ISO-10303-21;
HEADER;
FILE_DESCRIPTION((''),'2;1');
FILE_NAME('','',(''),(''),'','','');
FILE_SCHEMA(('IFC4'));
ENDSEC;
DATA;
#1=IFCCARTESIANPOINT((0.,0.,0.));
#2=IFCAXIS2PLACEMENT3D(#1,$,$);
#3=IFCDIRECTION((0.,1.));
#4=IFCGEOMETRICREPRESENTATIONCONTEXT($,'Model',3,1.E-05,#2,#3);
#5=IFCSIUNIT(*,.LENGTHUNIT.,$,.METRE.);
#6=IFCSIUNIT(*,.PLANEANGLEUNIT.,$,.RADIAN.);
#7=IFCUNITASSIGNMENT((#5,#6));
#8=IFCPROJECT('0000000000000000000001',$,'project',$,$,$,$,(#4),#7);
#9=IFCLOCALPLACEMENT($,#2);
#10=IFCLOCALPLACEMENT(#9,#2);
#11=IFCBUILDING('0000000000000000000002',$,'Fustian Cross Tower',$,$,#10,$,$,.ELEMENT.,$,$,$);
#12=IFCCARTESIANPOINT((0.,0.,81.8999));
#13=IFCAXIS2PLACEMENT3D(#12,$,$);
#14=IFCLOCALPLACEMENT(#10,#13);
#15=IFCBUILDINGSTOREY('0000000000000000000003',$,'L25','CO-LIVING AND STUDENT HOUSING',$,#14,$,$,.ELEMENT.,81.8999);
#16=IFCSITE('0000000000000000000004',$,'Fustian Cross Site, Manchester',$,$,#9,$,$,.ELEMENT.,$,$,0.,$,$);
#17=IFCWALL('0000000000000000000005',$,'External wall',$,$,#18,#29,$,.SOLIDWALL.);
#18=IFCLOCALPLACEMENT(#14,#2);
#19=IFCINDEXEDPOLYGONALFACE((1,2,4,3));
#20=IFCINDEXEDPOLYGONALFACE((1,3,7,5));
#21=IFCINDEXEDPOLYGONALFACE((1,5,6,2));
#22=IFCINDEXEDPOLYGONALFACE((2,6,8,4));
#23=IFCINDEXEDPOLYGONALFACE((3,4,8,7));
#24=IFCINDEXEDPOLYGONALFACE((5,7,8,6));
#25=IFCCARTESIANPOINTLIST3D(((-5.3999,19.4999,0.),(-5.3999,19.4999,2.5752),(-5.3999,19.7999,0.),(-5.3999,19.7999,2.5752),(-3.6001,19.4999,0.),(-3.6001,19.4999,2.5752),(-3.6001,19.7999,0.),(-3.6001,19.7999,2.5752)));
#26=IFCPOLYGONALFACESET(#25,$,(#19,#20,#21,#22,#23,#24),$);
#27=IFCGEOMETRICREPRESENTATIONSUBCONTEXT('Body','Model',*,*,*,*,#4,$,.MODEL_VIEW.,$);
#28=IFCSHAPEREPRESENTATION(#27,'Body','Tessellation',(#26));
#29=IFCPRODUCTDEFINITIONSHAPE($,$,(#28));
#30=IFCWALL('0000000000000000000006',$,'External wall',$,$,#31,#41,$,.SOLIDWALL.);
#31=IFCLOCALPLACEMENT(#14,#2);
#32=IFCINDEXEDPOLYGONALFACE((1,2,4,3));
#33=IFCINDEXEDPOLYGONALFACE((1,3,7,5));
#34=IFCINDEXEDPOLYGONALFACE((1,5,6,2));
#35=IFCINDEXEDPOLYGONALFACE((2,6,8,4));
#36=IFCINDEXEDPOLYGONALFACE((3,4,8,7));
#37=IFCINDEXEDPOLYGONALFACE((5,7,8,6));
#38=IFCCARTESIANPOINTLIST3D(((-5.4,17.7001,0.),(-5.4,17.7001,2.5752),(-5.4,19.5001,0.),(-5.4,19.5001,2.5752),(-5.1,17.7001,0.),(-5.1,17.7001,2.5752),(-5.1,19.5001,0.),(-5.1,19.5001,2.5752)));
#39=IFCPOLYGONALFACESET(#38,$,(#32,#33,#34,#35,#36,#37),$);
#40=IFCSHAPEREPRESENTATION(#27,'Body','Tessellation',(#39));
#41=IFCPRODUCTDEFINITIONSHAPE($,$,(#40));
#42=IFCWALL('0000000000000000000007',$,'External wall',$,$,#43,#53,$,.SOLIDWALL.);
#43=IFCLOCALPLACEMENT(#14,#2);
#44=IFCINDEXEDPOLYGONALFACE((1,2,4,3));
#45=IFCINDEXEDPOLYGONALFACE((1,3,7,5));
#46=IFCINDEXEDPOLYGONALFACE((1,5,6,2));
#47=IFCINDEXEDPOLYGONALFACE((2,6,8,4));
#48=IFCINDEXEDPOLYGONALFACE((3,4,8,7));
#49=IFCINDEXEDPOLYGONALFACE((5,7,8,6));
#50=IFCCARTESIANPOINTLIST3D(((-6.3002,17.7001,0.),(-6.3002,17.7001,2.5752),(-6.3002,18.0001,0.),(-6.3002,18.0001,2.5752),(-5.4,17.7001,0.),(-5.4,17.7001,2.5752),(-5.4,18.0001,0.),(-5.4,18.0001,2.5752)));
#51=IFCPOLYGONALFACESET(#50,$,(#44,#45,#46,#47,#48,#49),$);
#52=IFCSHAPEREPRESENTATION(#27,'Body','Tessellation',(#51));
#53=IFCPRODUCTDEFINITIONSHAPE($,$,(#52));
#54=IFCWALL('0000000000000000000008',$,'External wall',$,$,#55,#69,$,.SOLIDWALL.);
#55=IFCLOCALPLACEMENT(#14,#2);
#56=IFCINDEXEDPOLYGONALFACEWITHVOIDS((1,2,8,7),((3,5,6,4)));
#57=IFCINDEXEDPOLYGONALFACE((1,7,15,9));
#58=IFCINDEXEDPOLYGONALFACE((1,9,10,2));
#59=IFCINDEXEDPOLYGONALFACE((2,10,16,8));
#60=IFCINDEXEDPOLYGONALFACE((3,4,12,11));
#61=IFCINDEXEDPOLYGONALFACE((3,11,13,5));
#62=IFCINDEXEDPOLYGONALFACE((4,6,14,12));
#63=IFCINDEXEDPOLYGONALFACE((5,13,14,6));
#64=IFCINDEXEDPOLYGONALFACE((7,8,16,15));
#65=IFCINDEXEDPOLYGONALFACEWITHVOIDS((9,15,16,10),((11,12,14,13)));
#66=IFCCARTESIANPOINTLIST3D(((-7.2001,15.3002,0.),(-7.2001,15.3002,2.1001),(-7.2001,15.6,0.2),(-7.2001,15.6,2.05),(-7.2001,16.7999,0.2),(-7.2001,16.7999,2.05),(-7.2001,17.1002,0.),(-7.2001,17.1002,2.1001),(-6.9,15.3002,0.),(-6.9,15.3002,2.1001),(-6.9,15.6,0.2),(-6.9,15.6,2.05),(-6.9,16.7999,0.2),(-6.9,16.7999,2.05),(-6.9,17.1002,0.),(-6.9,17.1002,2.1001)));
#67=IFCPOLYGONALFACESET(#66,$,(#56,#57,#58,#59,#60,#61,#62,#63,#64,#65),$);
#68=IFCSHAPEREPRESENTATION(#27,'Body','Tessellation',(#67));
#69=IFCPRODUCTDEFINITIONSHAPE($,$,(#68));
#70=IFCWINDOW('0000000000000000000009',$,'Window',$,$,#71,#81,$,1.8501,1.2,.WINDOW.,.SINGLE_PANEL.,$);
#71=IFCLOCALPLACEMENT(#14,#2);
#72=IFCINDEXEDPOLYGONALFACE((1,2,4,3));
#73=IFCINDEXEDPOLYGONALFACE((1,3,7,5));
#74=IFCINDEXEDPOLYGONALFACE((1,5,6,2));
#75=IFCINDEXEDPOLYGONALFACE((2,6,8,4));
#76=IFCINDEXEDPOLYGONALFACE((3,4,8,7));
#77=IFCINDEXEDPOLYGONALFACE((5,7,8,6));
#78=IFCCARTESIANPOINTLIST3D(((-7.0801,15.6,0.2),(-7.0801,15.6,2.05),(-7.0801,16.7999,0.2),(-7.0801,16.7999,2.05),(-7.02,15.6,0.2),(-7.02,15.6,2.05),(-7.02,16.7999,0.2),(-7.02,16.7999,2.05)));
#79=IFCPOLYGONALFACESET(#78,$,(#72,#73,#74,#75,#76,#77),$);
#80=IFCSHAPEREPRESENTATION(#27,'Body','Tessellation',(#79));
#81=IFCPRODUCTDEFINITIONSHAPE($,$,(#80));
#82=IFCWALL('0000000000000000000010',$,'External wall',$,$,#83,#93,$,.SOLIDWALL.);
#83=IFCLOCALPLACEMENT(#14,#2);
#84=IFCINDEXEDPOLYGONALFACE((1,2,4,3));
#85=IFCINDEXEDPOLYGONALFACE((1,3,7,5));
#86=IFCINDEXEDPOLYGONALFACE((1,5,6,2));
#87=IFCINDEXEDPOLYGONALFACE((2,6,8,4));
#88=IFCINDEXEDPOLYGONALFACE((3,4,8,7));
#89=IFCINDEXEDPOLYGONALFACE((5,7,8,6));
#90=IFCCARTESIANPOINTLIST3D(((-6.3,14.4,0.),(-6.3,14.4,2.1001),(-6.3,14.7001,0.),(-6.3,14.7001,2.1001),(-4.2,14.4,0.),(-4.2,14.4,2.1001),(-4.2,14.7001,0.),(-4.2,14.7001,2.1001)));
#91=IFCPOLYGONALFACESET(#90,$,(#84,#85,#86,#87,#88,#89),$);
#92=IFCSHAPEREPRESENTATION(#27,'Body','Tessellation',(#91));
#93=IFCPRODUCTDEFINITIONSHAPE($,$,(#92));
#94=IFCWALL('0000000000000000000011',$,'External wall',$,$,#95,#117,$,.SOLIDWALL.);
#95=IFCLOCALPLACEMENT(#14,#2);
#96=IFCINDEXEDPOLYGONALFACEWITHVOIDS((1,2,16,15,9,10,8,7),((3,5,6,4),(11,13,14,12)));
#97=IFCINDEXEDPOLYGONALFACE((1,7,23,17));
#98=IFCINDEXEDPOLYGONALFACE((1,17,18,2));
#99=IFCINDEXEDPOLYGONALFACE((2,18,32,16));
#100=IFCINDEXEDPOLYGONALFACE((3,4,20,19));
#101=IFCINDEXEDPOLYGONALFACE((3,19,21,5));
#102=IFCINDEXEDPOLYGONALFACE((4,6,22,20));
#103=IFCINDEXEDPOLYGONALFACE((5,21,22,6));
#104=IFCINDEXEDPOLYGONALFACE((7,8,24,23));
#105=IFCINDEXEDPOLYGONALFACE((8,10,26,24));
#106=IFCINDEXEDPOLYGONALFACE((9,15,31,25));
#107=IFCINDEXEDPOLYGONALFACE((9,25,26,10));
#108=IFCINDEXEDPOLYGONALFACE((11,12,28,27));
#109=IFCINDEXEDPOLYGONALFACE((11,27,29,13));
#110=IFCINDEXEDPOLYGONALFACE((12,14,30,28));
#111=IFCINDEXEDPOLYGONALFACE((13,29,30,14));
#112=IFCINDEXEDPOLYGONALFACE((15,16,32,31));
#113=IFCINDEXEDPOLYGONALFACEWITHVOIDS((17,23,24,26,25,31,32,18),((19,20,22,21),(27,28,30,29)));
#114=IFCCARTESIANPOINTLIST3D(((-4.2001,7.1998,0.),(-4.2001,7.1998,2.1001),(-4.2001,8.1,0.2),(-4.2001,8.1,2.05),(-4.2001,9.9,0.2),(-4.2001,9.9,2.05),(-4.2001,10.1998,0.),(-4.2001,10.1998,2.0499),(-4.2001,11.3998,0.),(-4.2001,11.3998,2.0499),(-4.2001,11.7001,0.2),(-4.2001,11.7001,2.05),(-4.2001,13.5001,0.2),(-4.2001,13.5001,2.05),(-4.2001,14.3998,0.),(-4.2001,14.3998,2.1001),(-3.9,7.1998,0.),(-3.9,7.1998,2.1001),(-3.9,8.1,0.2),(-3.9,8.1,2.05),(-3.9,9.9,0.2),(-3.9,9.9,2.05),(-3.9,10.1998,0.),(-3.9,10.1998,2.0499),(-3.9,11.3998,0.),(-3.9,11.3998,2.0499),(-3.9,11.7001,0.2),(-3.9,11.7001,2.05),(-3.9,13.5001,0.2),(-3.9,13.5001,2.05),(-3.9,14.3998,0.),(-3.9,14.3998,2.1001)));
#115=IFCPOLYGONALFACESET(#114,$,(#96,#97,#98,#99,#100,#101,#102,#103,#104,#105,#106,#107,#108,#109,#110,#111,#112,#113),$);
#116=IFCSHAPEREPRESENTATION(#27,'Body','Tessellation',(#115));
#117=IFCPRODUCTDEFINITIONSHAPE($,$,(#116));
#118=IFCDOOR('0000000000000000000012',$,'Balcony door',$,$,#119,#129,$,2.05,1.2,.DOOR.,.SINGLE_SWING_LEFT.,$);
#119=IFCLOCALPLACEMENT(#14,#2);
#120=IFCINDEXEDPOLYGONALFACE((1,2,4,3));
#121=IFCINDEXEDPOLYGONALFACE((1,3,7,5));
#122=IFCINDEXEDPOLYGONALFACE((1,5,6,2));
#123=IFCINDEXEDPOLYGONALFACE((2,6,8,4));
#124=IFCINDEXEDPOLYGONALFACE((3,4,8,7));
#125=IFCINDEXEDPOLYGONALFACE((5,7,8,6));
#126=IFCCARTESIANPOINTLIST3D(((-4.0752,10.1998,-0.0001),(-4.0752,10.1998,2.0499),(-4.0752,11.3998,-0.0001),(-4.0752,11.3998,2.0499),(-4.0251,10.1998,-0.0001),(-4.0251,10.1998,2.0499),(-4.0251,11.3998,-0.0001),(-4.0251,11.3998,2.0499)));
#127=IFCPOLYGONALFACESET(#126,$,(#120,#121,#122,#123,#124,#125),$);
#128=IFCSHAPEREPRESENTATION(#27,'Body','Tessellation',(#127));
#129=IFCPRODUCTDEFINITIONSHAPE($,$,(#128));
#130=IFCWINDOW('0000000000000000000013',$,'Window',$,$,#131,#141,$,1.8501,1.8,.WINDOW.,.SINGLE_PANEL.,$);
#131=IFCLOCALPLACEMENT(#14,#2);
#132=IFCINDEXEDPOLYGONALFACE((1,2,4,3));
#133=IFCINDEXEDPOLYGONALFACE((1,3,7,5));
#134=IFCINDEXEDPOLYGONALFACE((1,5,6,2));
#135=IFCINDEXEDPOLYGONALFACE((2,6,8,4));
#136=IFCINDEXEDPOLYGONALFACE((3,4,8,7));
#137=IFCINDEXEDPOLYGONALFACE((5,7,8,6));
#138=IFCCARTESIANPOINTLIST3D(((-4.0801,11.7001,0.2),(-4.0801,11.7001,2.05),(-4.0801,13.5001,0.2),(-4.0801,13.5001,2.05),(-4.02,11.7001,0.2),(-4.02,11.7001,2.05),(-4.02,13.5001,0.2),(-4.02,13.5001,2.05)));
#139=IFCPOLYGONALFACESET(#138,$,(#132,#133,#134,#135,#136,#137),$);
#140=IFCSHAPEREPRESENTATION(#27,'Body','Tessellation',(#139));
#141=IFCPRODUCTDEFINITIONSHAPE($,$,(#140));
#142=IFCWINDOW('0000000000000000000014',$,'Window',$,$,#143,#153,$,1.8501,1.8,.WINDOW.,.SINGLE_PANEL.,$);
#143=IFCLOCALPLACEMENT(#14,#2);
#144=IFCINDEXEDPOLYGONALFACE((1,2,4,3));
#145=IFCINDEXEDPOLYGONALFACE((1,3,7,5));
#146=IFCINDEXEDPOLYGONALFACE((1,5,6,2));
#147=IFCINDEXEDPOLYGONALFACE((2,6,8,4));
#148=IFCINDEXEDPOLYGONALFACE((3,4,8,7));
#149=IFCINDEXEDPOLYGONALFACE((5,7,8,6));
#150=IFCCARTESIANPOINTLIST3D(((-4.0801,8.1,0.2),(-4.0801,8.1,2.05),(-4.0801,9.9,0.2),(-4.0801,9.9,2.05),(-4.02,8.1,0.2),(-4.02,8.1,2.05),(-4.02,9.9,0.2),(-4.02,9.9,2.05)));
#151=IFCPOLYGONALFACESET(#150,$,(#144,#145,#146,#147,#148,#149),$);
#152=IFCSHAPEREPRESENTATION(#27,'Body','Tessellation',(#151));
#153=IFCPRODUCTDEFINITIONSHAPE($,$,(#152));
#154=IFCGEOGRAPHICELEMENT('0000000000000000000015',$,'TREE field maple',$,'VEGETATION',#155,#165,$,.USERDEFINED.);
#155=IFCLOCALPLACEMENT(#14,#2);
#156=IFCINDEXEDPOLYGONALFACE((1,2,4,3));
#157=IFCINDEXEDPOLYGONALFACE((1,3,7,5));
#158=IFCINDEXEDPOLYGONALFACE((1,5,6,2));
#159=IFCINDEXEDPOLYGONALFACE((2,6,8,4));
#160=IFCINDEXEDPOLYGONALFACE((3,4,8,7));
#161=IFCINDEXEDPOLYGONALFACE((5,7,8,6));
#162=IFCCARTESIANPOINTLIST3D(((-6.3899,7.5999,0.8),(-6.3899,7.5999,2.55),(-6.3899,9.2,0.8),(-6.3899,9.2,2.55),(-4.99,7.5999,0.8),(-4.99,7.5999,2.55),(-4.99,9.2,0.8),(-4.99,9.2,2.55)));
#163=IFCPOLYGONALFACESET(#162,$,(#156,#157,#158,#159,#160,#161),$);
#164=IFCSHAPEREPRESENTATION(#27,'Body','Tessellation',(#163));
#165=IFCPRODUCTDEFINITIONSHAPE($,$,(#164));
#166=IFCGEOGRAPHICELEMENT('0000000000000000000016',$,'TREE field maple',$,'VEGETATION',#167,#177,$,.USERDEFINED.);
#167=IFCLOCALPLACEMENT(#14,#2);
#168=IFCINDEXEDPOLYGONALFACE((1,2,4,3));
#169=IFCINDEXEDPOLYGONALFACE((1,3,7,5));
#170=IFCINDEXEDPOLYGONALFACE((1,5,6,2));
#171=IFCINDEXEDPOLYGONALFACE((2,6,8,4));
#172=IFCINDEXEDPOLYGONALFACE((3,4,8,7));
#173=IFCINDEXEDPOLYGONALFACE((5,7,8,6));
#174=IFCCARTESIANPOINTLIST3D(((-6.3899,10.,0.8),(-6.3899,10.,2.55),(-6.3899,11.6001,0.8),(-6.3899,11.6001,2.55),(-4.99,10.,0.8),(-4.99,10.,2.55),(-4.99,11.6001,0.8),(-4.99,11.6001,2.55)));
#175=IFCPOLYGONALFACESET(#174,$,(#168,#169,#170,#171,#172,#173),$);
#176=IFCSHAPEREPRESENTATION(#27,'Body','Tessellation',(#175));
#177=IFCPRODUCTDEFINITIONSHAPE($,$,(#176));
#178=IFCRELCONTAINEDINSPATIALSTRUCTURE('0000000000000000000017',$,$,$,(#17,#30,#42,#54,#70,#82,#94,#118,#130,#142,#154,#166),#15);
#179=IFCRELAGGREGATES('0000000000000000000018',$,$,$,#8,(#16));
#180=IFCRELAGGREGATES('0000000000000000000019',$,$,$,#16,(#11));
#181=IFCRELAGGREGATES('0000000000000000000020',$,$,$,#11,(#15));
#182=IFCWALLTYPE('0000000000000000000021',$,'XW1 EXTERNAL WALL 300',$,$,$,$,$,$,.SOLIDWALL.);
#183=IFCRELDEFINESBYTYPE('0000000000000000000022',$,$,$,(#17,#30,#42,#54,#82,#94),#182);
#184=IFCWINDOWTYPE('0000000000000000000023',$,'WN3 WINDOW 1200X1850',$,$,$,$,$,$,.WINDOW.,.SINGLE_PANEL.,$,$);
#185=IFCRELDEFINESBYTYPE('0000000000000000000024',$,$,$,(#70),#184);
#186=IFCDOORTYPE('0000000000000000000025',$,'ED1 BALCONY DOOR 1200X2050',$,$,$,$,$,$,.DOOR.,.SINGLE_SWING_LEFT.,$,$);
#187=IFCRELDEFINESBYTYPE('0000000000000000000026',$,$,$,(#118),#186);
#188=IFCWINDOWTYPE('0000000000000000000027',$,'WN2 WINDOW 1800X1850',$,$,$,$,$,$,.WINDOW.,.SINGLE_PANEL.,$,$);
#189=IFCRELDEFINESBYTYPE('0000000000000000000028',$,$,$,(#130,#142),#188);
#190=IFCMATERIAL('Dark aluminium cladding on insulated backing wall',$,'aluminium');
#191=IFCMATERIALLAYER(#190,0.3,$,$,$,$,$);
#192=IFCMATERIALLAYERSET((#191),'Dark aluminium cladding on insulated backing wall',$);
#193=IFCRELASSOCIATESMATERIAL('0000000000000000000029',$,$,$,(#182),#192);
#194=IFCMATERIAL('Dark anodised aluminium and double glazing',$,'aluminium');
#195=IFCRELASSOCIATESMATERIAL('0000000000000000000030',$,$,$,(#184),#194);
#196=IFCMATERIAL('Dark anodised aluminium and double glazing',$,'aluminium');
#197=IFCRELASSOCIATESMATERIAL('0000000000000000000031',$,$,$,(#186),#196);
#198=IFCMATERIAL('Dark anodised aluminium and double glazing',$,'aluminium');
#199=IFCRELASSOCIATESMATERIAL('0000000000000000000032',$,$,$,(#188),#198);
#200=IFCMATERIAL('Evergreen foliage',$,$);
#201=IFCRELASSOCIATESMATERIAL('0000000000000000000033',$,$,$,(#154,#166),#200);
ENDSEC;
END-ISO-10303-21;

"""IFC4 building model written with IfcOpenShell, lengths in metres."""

from ifc_helpers import new_model, si_unit, direction, frame, frame_2d, origin, origin_2d, place, context, subcontext, project, spatial, rectangle, extrude, material, layer, layer_set, type_object, element, fill, save


model = new_model("IFC4")

# Units and contexts
model_context = context("Model", 3, precision=1e-05, world=origin(), true_north=direction((0.0, 1.0)))
body_context = subcontext(model_context, "Body", "Model", "MODEL_VIEW")
ifc_project = project(units=[si_unit("LENGTHUNIT", "METRE"), si_unit("PLANEANGLEUNIT", "RADIAN")], contexts=[model_context])

# Site, building, storey
site_placement = place(None, origin())
site = spatial("IfcSite", under=ifc_project, at=site_placement, Name="Fustian Cross Site, Manchester", CompositionType="ELEMENT", RefElevation=0.0)
building_placement = place(site_placement, origin())
building = spatial("IfcBuilding", under=site, at=building_placement, Name="Fustian Cross Tower", CompositionType="ELEMENT")
storey_placement = place(building_placement, frame((0.0, 0.0, 81.8999)))
storey = spatial("IfcBuildingStorey", under=building, at=storey_placement, Name="L25", Description="CO-LIVING AND STUDENT HOUSING", CompositionType="ELEMENT", Elevation=81.8999)

# Walls
ifc_material_1 = material(Name="Dark aluminium cladding on insulated backing wall", Category="aluminium")
ifc_layer_1 = layer(ifc_material_1, 0.3)
ifc_layer_set_1 = layer_set([ifc_layer_1], Name="Dark aluminium cladding on insulated backing wall")
wall_type_1 = type_object("IfcWallType", Name="XW1 EXTERNAL WALL 300", PredefinedType="SOLIDWALL", material=ifc_layer_set_1)
wall_1_placement = place(storey_placement, frame((-3.6001, 19.6499, 0.0), z_axis=(0.0, 0.0, 1.0), x_axis=(-1.0, 0.0, 0.0)))
element("IfcWall", 1, at=wall_1_placement, inside=storey, type_object=wall_type_1, Name="External wall", PredefinedType="SOLIDWALL", context=body_context, shape_type="SweptSolid", body=[
    extrude(rectangle(XDim=1.7998, YDim=0.3, at=frame_2d((0.8999, 0.0))), origin(), (0.0, 0.0, 1.0), 2.5752),
])
wall_2_placement = place(storey_placement, frame((-5.25, 19.5, 0.0), z_axis=(0.0, 0.0, 1.0), x_axis=(0.0, -1.0, 0.0)))
element("IfcWall", 2, at=wall_2_placement, inside=storey, type_object=wall_type_1, Name="External wall", PredefinedType="SOLIDWALL", context=body_context, shape_type="SweptSolid", body=[
    extrude(rectangle(XDim=1.8, YDim=0.3, at=frame_2d((0.8999, 0.0))), origin(), (0.0, 0.0, 1.0), 2.5752),
])
wall_3_placement = place(storey_placement, frame((-5.3999, 17.8501, 0.0), z_axis=(0.0, 0.0, 1.0), x_axis=(-1.0, 0.0, 0.0)))
element("IfcWall", 3, at=wall_3_placement, inside=storey, type_object=wall_type_1, Name="External wall", PredefinedType="SOLIDWALL", context=body_context, shape_type="SweptSolid", body=[
    extrude(rectangle(XDim=0.9001, YDim=0.3, at=frame_2d((0.4502, 0.0))), origin(), (0.0, 0.0, 1.0), 2.5752),
])

# Wall, opening, window
wall_4_placement = place(storey_placement, frame((-7.05, 17.1001, 0.0), z_axis=(0.0, 0.0, 1.0), x_axis=(0.0, -1.0, 0.0)))
wall_4 = element("IfcWall", 4, at=wall_4_placement, inside=storey, type_object=wall_type_1, Name="External wall", PredefinedType="SOLIDWALL", context=body_context, shape_type="SweptSolid", body=[
    extrude(rectangle(XDim=1.8, YDim=0.3, at=frame_2d((0.8999, 0.0))), origin(), (0.0, 0.0, 1.0), 2.1001),
])
opening_1_placement = place(wall_4_placement, frame((0.3, 0.0, 0.2)))
opening_1 = element("IfcOpeningElement", 5, at=opening_1_placement, cuts=wall_4, PredefinedType="OPENING", context=body_context, shape_type="SweptSolid", body=[
    extrude(rectangle(XDim=1.2, YDim=1.8501, at=frame_2d((0.6001, 0.925))), frame((0.0, 0.1599, 0.0), z_axis=(0.0, -1.0, 0.0), x_axis=(1.0, 0.0, 0.0)), (0.0, 0.0, 1.0), 0.3201),
])
ifc_material_2 = material(Name="Dark anodised aluminium and double glazing", Category="aluminium")
window_type_1 = type_object("IfcWindowType", Name="WN3 WINDOW 1200X1850", PartitioningType="SINGLE_PANEL", PredefinedType="WINDOW", material=ifc_material_2)
window_1_placement = place(opening_1_placement, origin())
window_1 = element("IfcWindow", 6, at=window_1_placement, inside=storey, type_object=window_type_1, Name="Window", OverallHeight=1.8501, OverallWidth=1.2, PartitioningType="SINGLE_PANEL", PredefinedType="WINDOW", context=body_context, shape_type="SweptSolid", body=[
    extrude(rectangle(XDim=1.2, YDim=1.8501, at=frame_2d((0.6001, 0.925))), frame((0.0, 0.03, 0.0), z_axis=(0.0, -1.0, 0.0), x_axis=(1.0, 0.0, 0.0)), (0.0, 0.0, 1.0), 0.0601),
])
fill(opening_1, window_1)

# Wall
wall_5_placement = place(storey_placement, frame((-6.3, 14.55, 0.0), z_axis=(0.0, 0.0, 1.0), x_axis=(1.0, 0.0, 0.0)))
element("IfcWall", 7, at=wall_5_placement, inside=storey, type_object=wall_type_1, Name="External wall", PredefinedType="SOLIDWALL", context=body_context, shape_type="SweptSolid", body=[
    extrude(rectangle(XDim=2.1001, YDim=0.3, at=frame_2d((1.05, 0.0))), origin(), (0.0, 0.0, 1.0), 2.1001),
])

# Wall, openings, door, windows
wall_6_placement = place(storey_placement, frame((-4.05, 14.3999, 0.0), z_axis=(0.0, 0.0, 1.0), x_axis=(0.0, -1.0, 0.0)))
wall_6 = element("IfcWall", 8, at=wall_6_placement, inside=storey, type_object=wall_type_1, Name="External wall", PredefinedType="SOLIDWALL", context=body_context, shape_type="SweptSolid", body=[
    extrude(rectangle(XDim=7.2, YDim=0.3, at=frame_2d((3.6001, 0.0))), origin(), (0.0, 0.0, 1.0), 2.1001),
])
opening_2_placement = place(wall_6_placement, frame((3.0, 0.0, 0.0)))
opening_2 = element("IfcOpeningElement", 9, at=opening_2_placement, cuts=wall_6, PredefinedType="OPENING", context=body_context, shape_type="SweptSolid", body=[
    extrude(rectangle(XDim=1.2, YDim=2.05, at=frame_2d((0.6001, 1.0249))), frame((0.0, 0.1599, 0.0), z_axis=(0.0, -1.0, 0.0), x_axis=(1.0, 0.0, 0.0)), (0.0, 0.0, 1.0), 0.3201),
])
opening_3_placement = place(wall_6_placement, frame((0.8999, 0.0, 0.2)))
opening_3 = element("IfcOpeningElement", 10, at=opening_3_placement, cuts=wall_6, PredefinedType="OPENING", context=body_context, shape_type="SweptSolid", body=[
    extrude(rectangle(XDim=1.8, YDim=1.8501, at=frame_2d((0.8999, 0.925))), frame((0.0, 0.1599, 0.0), z_axis=(0.0, -1.0, 0.0), x_axis=(1.0, 0.0, 0.0)), (0.0, 0.0, 1.0), 0.3201),
])
opening_4_placement = place(wall_6_placement, frame((4.5, 0.0, 0.2)))
opening_4 = element("IfcOpeningElement", 11, at=opening_4_placement, cuts=wall_6, PredefinedType="OPENING", context=body_context, shape_type="SweptSolid", body=[
    extrude(rectangle(XDim=1.8, YDim=1.8501, at=frame_2d((0.8999, 0.925))), frame((0.0, 0.1599, 0.0), z_axis=(0.0, -1.0, 0.0), x_axis=(1.0, 0.0, 0.0)), (0.0, 0.0, 1.0), 0.3201),
])
ifc_material_3 = material(Name="Dark anodised aluminium and double glazing", Category="aluminium")
door_type_1 = type_object("IfcDoorType", Name="ED1 BALCONY DOOR 1200X2050", OperationType="SINGLE_SWING_LEFT", PredefinedType="DOOR", material=ifc_material_3)
door_1_placement = place(opening_2_placement, origin())
door_1 = element("IfcDoor", 12, at=door_1_placement, inside=storey, type_object=door_type_1, Name="Balcony door", OperationType="SINGLE_SWING_LEFT", OverallHeight=2.05, OverallWidth=1.2, PredefinedType="DOOR", context=body_context, shape_type="SweptSolid", body=[
    extrude(rectangle(XDim=1.2, YDim=2.05, at=frame_2d((0.6001, 1.0249))), frame((0.0, 0.0249, 0.0), z_axis=(0.0, -1.0, 0.0), x_axis=(1.0, 0.0, 0.0)), (0.0, 0.0, 1.0), 0.05),
])
fill(opening_2, door_1)
ifc_material_4 = material(Name="Dark anodised aluminium and double glazing", Category="aluminium")
window_type_2 = type_object("IfcWindowType", Name="WN2 WINDOW 1800X1850", PartitioningType="SINGLE_PANEL", PredefinedType="WINDOW", material=ifc_material_4)
window_2_placement = place(opening_3_placement, origin())
window_2 = element("IfcWindow", 13, at=window_2_placement, inside=storey, type_object=window_type_2, Name="Window", OverallHeight=1.8501, OverallWidth=1.8, PartitioningType="SINGLE_PANEL", PredefinedType="WINDOW", context=body_context, shape_type="SweptSolid", body=[
    extrude(rectangle(XDim=1.8, YDim=1.8501, at=frame_2d((0.8999, 0.925))), frame((0.0, 0.03, 0.0), z_axis=(0.0, -1.0, 0.0), x_axis=(1.0, 0.0, 0.0)), (0.0, 0.0, 1.0), 0.0601),
])
fill(opening_3, window_2)
window_3_placement = place(opening_4_placement, origin())
window_3 = element("IfcWindow", 14, at=window_3_placement, inside=storey, type_object=window_type_2, Name="Window", OverallHeight=1.8501, OverallWidth=1.8, PartitioningType="SINGLE_PANEL", PredefinedType="WINDOW", context=body_context, shape_type="SweptSolid", body=[
    extrude(rectangle(XDim=1.8, YDim=1.8501, at=frame_2d((0.8999, 0.925))), frame((0.0, 0.03, 0.0), z_axis=(0.0, -1.0, 0.0), x_axis=(1.0, 0.0, 0.0)), (0.0, 0.0, 1.0), 0.0601),
])
fill(opening_4, window_3)

# Geographic elements
ifc_material_5 = material(Name="Evergreen foliage")
for number, where, z_axis, x_axis, name in (
    (15, (-5.6899, 8.3999, 0.8), (0.0, 0.0, 1.0), (1.0, 0.0, 0.0), "TREE field maple"),
    (16, (-5.6899, 10.8, 0.8), (0.0, 0.0, 1.0), (1.0, 0.0, 0.0), "TREE field maple"),
):
    element("IfcGeographicElement", number, at=place(storey_placement, frame(where, z_axis=z_axis, x_axis=x_axis)), inside=storey, material=ifc_material_5, Name=name, ObjectType="VEGETATION", PredefinedType="USERDEFINED", context=body_context, shape_type="SweptSolid", body=[
        extrude(rectangle(XDim=1.3999, YDim=1.6001, at=origin_2d()), origin(), (0.0, 0.0, 1.0), 1.75),
    ])

save(model, "model.ifc")
